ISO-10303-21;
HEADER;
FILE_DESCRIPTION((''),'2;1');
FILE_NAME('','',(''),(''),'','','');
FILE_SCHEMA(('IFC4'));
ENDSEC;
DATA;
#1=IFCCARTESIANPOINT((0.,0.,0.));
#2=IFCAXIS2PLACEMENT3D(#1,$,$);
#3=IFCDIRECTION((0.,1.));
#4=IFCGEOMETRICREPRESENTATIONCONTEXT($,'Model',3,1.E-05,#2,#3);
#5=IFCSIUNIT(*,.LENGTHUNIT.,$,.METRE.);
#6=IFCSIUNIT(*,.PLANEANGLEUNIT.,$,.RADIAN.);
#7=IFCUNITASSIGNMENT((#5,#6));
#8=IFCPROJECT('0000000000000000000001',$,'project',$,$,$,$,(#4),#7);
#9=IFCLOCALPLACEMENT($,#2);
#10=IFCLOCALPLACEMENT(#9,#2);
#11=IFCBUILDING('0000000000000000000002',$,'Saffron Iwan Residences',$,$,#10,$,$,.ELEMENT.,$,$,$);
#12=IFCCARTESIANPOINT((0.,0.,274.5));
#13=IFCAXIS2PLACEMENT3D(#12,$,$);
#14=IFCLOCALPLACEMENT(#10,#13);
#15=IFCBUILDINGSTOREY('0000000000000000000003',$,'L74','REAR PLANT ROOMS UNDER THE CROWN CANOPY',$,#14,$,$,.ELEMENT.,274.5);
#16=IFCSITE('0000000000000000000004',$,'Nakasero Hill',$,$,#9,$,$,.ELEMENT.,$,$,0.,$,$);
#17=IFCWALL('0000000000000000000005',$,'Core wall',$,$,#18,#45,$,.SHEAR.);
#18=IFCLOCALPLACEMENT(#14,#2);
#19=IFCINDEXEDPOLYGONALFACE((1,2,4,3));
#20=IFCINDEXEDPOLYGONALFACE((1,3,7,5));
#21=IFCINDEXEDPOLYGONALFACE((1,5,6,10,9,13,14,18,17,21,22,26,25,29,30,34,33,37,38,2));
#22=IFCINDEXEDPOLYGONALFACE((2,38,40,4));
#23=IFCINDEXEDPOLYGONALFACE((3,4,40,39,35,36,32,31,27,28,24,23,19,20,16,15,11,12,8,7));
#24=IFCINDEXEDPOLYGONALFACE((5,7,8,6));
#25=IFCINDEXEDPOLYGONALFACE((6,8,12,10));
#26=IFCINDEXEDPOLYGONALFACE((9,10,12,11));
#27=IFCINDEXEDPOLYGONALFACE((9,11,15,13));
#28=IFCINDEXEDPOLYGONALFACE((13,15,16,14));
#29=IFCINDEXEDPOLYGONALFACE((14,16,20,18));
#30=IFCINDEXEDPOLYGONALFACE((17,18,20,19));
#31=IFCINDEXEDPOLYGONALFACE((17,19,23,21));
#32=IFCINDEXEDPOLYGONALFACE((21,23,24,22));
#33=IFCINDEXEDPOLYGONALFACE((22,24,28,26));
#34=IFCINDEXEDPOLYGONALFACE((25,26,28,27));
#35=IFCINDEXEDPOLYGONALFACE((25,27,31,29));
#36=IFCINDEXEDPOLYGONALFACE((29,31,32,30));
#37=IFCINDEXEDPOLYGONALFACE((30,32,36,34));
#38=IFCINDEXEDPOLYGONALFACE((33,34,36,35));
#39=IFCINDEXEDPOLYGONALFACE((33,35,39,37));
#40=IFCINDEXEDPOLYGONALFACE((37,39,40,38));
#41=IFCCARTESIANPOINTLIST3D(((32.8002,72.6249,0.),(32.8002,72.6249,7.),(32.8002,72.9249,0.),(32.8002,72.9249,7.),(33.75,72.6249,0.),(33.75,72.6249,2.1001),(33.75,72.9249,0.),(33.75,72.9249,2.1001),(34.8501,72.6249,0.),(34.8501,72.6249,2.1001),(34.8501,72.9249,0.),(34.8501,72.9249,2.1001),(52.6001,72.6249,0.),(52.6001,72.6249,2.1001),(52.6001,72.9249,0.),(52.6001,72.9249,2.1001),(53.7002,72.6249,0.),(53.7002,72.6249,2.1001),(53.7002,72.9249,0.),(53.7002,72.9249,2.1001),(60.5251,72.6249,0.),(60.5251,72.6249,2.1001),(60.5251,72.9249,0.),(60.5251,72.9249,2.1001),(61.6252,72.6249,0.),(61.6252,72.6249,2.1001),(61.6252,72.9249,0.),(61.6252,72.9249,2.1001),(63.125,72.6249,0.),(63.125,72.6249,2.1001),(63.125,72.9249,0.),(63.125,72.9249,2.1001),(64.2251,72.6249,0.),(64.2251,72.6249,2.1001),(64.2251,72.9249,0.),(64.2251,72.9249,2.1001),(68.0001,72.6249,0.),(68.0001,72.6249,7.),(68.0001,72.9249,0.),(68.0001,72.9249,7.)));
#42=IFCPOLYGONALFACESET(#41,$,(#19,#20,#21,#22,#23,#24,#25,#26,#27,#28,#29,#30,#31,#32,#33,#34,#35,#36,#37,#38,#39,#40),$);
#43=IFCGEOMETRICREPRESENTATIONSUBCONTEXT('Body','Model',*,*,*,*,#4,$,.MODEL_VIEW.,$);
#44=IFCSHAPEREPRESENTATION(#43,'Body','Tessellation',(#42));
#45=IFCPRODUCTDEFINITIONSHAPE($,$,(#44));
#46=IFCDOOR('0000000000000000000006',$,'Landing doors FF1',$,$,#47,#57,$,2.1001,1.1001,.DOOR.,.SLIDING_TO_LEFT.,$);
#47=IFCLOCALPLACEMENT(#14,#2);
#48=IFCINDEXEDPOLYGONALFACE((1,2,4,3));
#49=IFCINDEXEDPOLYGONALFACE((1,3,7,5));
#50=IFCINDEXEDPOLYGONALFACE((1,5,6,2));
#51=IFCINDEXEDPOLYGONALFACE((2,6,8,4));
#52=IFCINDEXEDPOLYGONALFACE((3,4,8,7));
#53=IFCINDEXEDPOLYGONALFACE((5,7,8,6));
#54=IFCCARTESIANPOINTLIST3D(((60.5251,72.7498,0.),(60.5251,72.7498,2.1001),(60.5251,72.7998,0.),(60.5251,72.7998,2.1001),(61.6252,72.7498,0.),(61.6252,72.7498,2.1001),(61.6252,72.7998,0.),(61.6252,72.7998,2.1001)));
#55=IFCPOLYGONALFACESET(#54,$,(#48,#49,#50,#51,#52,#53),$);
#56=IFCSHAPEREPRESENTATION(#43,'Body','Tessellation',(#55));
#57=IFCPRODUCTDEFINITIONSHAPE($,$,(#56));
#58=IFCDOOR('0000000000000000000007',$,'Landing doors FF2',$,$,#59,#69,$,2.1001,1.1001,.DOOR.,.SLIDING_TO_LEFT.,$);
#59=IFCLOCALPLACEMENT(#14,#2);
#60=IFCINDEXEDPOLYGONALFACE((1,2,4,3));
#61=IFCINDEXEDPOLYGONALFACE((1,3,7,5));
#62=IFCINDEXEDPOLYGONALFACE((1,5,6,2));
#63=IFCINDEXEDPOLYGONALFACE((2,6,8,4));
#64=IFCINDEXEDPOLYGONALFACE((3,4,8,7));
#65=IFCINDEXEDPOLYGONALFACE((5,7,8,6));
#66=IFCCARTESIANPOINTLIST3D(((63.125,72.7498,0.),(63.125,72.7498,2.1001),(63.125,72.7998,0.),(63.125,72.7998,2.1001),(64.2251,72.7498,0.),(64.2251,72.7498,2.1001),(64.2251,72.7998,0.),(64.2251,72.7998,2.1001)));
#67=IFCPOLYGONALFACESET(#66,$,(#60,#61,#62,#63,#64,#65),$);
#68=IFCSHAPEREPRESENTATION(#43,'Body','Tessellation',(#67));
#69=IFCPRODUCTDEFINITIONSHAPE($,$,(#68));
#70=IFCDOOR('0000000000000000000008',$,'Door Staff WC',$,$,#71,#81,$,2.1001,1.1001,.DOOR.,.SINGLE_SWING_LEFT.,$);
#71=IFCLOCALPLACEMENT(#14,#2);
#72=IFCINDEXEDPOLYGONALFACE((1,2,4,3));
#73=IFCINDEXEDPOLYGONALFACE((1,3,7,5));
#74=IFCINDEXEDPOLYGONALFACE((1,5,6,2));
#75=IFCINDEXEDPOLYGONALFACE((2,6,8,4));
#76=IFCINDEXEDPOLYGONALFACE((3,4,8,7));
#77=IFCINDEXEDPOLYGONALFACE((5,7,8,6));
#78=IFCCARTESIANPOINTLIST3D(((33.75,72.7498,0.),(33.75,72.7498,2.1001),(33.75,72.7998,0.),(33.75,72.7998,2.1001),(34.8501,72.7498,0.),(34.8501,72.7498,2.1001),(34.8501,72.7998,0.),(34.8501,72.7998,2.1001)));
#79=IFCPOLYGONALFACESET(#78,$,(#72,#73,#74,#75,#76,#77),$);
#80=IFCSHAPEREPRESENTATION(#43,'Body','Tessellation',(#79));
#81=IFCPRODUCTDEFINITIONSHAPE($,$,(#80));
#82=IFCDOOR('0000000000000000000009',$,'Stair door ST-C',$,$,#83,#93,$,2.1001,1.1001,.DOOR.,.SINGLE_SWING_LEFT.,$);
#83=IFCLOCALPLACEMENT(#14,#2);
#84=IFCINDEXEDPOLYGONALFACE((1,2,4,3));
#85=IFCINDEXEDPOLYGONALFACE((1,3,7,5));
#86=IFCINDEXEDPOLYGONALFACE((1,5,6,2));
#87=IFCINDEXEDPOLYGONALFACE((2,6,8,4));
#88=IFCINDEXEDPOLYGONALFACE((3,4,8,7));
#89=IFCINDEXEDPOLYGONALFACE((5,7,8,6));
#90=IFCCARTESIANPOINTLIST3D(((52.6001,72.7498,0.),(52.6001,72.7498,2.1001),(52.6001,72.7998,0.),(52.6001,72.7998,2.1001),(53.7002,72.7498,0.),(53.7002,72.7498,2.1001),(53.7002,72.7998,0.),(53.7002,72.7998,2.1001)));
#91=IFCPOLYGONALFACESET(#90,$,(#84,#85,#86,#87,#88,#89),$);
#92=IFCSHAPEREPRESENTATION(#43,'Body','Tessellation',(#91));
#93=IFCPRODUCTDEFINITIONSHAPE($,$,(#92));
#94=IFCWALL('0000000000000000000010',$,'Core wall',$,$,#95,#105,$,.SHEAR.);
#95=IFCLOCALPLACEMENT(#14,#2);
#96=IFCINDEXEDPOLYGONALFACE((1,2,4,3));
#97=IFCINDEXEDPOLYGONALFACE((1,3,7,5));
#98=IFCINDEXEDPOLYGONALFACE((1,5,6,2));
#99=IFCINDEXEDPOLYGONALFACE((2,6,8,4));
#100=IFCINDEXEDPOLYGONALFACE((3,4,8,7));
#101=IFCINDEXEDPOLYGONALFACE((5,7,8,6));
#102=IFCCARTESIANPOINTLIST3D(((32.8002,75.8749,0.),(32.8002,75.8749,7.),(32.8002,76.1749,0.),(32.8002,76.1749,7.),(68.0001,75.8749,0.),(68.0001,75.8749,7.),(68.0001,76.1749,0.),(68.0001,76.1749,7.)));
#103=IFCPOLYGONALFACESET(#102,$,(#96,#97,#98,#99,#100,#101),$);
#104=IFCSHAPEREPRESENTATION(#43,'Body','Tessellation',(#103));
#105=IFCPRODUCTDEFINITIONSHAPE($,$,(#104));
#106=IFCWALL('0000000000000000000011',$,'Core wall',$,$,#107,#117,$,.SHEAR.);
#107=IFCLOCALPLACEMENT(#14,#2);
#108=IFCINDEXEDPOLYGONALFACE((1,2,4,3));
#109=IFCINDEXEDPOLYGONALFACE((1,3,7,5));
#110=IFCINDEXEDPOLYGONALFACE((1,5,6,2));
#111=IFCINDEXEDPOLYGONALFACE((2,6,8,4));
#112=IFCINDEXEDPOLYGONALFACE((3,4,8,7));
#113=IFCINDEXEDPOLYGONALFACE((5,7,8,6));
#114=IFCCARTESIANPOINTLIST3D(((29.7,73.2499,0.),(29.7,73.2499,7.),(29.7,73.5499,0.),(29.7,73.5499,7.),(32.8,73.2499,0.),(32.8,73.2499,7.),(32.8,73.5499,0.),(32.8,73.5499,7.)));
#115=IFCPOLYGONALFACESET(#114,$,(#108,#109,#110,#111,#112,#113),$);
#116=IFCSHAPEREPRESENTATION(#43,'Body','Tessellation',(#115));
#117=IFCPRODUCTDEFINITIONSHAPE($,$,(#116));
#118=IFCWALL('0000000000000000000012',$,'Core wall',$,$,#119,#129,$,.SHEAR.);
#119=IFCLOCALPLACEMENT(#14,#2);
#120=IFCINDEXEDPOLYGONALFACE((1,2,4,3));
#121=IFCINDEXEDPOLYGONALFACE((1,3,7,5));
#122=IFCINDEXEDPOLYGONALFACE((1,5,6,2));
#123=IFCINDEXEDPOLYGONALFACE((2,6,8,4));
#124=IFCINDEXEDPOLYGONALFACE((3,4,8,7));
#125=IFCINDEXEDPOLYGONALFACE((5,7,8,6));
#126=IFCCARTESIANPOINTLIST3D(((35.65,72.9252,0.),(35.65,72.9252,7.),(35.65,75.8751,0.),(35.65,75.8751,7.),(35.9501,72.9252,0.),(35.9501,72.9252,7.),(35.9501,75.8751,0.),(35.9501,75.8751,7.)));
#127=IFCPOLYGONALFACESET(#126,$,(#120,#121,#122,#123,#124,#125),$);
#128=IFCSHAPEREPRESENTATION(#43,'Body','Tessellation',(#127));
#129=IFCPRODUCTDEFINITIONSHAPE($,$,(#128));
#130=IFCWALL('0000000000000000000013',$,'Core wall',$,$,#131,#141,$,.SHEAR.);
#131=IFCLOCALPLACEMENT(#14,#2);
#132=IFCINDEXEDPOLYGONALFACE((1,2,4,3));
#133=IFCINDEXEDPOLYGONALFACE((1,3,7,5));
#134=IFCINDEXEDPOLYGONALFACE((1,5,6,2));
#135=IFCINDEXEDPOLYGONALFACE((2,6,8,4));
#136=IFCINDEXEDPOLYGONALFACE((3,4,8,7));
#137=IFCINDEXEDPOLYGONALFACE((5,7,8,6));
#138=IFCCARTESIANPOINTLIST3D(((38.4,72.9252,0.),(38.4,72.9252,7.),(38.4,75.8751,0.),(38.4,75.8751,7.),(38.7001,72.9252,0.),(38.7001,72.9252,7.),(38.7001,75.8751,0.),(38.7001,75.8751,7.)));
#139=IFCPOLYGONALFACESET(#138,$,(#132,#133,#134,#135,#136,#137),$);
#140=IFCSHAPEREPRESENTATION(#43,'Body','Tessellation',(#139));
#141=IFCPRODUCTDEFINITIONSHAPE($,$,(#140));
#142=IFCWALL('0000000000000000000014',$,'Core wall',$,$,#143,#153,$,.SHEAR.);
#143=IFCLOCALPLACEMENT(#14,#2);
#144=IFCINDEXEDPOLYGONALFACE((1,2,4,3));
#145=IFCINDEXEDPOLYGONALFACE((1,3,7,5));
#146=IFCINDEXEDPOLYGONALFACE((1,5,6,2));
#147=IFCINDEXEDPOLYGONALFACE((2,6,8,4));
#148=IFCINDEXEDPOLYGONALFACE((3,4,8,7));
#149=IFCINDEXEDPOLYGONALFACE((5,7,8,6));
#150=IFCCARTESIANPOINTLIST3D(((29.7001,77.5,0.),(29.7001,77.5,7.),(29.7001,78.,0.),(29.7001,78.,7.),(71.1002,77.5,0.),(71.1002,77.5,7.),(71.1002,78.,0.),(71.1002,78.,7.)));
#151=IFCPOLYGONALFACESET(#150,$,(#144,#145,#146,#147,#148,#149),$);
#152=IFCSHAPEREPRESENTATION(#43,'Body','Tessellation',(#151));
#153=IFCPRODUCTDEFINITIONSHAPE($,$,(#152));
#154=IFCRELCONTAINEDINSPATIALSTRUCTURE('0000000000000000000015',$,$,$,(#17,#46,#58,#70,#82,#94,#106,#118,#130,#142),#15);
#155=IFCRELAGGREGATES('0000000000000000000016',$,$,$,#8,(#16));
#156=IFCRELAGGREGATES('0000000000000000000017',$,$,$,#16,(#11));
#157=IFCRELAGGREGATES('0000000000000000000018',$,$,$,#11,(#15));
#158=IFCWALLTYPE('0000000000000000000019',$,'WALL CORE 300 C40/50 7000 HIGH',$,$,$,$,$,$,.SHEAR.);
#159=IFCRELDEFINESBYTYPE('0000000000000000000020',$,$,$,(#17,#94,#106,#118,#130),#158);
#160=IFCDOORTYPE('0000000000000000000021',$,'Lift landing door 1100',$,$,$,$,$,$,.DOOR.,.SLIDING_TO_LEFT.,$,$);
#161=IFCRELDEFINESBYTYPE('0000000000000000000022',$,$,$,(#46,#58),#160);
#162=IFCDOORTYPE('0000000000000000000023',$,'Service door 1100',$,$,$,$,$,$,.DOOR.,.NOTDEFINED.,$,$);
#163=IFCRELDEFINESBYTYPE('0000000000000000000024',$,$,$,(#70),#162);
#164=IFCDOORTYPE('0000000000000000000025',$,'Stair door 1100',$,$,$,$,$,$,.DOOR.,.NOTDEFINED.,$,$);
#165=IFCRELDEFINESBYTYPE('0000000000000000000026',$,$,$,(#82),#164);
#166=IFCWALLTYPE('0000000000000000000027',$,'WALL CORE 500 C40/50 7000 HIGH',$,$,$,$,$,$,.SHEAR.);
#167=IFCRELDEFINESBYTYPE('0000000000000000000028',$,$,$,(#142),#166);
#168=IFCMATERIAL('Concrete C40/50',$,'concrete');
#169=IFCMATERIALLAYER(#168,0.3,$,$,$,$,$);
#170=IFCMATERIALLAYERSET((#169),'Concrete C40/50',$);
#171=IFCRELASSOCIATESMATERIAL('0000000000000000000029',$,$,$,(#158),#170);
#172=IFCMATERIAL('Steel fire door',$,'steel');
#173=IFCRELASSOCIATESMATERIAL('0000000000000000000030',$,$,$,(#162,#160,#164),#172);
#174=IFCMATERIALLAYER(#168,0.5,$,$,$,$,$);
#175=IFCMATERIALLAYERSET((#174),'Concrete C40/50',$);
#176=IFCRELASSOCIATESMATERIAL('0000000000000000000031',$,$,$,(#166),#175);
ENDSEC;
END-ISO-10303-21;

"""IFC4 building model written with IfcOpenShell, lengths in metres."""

from ifc_helpers import new_model, si_unit, direction, frame, frame_2d, origin, place, context, subcontext, project, spatial, rectangle, extrude, material, layer, layer_set, type_object, element, fill, save


model = new_model("IFC4")

# Units and contexts
model_context = context("Model", 3, precision=1e-05, world=origin(), true_north=direction((0.0, 1.0)))
body_context = subcontext(model_context, "Body", "Model", "MODEL_VIEW")
ifc_project = project(units=[si_unit("LENGTHUNIT", "METRE"), si_unit("PLANEANGLEUNIT", "RADIAN")], contexts=[model_context])

# Site, building, storey
site_placement = place(None, origin())
site = spatial("IfcSite", under=ifc_project, at=site_placement, Name="Nakasero Hill", CompositionType="ELEMENT", RefElevation=0.0)
building_placement = place(site_placement, origin())
building = spatial("IfcBuilding", under=site, at=building_placement, Name="Saffron Iwan Residences", CompositionType="ELEMENT")
storey_placement = place(building_placement, frame((0.0, 0.0, 274.5)))
storey = spatial("IfcBuildingStorey", under=building, at=storey_placement, Name="L74", Description="REAR PLANT ROOMS UNDER THE CROWN CANOPY", CompositionType="ELEMENT", Elevation=274.5)

# Shared definitions
ifc_material_1 = material(Name="Concrete C40/50", Category="concrete")

# Wall, openings, doors
ifc_layer_1 = layer(ifc_material_1, 0.3)
ifc_layer_set_1 = layer_set([ifc_layer_1], Name="Concrete C40/50")
wall_type_1 = type_object("IfcWallType", Name="WALL CORE 300 C40/50 7000 HIGH", PredefinedType="SHEAR", material=ifc_layer_set_1)
ifc_material_2 = material(Name="Steel fire door", Category="steel")
door_type_1 = type_object("IfcDoorType", Name="Service door 1100", OperationType="NOTDEFINED", PredefinedType="DOOR", material=ifc_material_2)
wall_1_placement = place(storey_placement, frame((32.8, 72.7749, 0.0), z_axis=(0.0, 0.0, 1.0), x_axis=(1.0, 0.0, 0.0)))
wall_1 = element("IfcWall", 1, at=wall_1_placement, inside=storey, type_object=wall_type_1, Name="Core wall", PredefinedType="SHEAR", context=body_context, shape_type="SweptSolid", body=[
    extrude(rectangle(XDim=35.2, YDim=0.3, at=frame_2d((17.6001, 0.0))), origin(), (0.0, 0.0, 1.0), 7.0),
])
opening_1_placement = place(wall_1_placement, frame((19.8, 0.0, 0.0)))
opening_1 = element("IfcOpeningElement", 2, at=opening_1_placement, cuts=wall_1, PredefinedType="OPENING", context=body_context, shape_type="SweptSolid", body=[
    extrude(rectangle(XDim=1.1001, YDim=2.1001, at=frame_2d((0.55, 1.05))), frame((0.0, 0.1602, 0.0), z_axis=(0.0, -1.0, 0.0), x_axis=(1.0, 0.0, 0.0)), (0.0, 0.0, 1.0), 0.3201),
])
opening_2_placement = place(wall_1_placement, frame((27.7251, 0.0, 0.0)))
opening_2 = element("IfcOpeningElement", 3, at=opening_2_placement, cuts=wall_1, PredefinedType="OPENING", context=body_context, shape_type="SweptSolid", body=[
    extrude(rectangle(XDim=1.1001, YDim=2.1001, at=frame_2d((0.55, 1.05))), frame((0.0, 0.1602, 0.0), z_axis=(0.0, -1.0, 0.0), x_axis=(1.0, 0.0, 0.0)), (0.0, 0.0, 1.0), 0.3201),
])
opening_3_placement = place(wall_1_placement, frame((30.325, 0.0, 0.0)))
opening_3 = element("IfcOpeningElement", 4, at=opening_3_placement, cuts=wall_1, PredefinedType="OPENING", context=body_context, shape_type="SweptSolid", body=[
    extrude(rectangle(XDim=1.1001, YDim=2.1001, at=frame_2d((0.55, 1.05))), frame((0.0, 0.1602, 0.0), z_axis=(0.0, -1.0, 0.0), x_axis=(1.0, 0.0, 0.0)), (0.0, 0.0, 1.0), 0.3201),
])
opening_4_placement = place(wall_1_placement, frame((0.95, 0.0, 0.0)))
opening_4 = element("IfcOpeningElement", 5, at=opening_4_placement, cuts=wall_1, PredefinedType="OPENING", context=body_context, shape_type="SweptSolid", body=[
    extrude(rectangle(XDim=1.1001, YDim=2.1001, at=frame_2d((0.55, 1.05))), frame((0.0, 0.1602, 0.0), z_axis=(0.0, -1.0, 0.0), x_axis=(1.0, 0.0, 0.0)), (0.0, 0.0, 1.0), 0.3201),
])
door_type_2 = type_object("IfcDoorType", Name="Lift landing door 1100", OperationType="SLIDING_TO_LEFT", PredefinedType="DOOR", material=ifc_material_2)
door_1_placement = place(opening_2_placement, origin())
door_1 = element("IfcDoor", 6, at=door_1_placement, inside=storey, type_object=door_type_2, Name="Landing doors FF1", OperationType="SLIDING_TO_LEFT", OverallHeight=2.1001, OverallWidth=1.1001, PredefinedType="DOOR", context=body_context, shape_type="SweptSolid", body=[
    extrude(rectangle(XDim=1.1001, YDim=2.1001, at=frame_2d((0.55, 1.05))), frame((0.0, 0.0249, 0.0), z_axis=(0.0, -1.0, 0.0), x_axis=(1.0, 0.0, 0.0)), (0.0, 0.0, 1.0), 0.05),
])
fill(opening_2, door_1)
door_2_placement = place(opening_3_placement, origin())
door_2 = element("IfcDoor", 7, at=door_2_placement, inside=storey, type_object=door_type_2, Name="Landing doors FF2", OperationType="SLIDING_TO_LEFT", OverallHeight=2.1001, OverallWidth=1.1001, PredefinedType="DOOR", context=body_context, shape_type="SweptSolid", body=[
    extrude(rectangle(XDim=1.1001, YDim=2.1001, at=frame_2d((0.55, 1.05))), frame((0.0, 0.0249, 0.0), z_axis=(0.0, -1.0, 0.0), x_axis=(1.0, 0.0, 0.0)), (0.0, 0.0, 1.0), 0.05),
])
fill(opening_3, door_2)
door_3_placement = place(opening_4_placement, origin())
door_3 = element("IfcDoor", 8, at=door_3_placement, inside=storey, type_object=door_type_1, Name="Door Staff WC", OperationType="SINGLE_SWING_LEFT", OverallHeight=2.1001, OverallWidth=1.1001, PredefinedType="DOOR", context=body_context, shape_type="SweptSolid", body=[
    extrude(rectangle(XDim=1.1001, YDim=2.1001, at=frame_2d((0.55, 1.05))), frame((0.0, 0.0249, 0.0), z_axis=(0.0, -1.0, 0.0), x_axis=(1.0, 0.0, 0.0)), (0.0, 0.0, 1.0), 0.05),
])
fill(opening_4, door_3)
door_type_3 = type_object("IfcDoorType", Name="Stair door 1100", OperationType="NOTDEFINED", PredefinedType="DOOR", material=ifc_material_2)
door_4_placement = place(opening_1_placement, origin())
door_4 = element("IfcDoor", 9, at=door_4_placement, inside=storey, type_object=door_type_3, Name="Stair door ST-C", OperationType="SINGLE_SWING_LEFT", OverallHeight=2.1001, OverallWidth=1.1001, PredefinedType="DOOR", context=body_context, shape_type="SweptSolid", body=[
    extrude(rectangle(XDim=1.1001, YDim=2.1001, at=frame_2d((0.55, 1.05))), frame((0.0, 0.0249, 0.0), z_axis=(0.0, -1.0, 0.0), x_axis=(1.0, 0.0, 0.0)), (0.0, 0.0, 1.0), 0.05),
])
fill(opening_1, door_4)

# Walls
wall_2_placement = place(storey_placement, frame((32.8, 76.0249, 0.0), z_axis=(0.0, 0.0, 1.0), x_axis=(1.0, 0.0, 0.0)))
element("IfcWall", 10, at=wall_2_placement, inside=storey, type_object=wall_type_1, Name="Core wall", PredefinedType="SHEAR", context=body_context, shape_type="SweptSolid", body=[
    extrude(rectangle(XDim=35.2, YDim=0.3, at=frame_2d((17.6001, 0.0))), origin(), (0.0, 0.0, 1.0), 7.0),
])
wall_3_placement = place(storey_placement, frame((29.7, 73.3999, 0.0), z_axis=(0.0, 0.0, 1.0), x_axis=(1.0, 0.0, 0.0)))
element("IfcWall", 11, at=wall_3_placement, inside=storey, type_object=wall_type_1, Name="Core wall", PredefinedType="SHEAR", context=body_context, shape_type="SweptSolid", body=[
    extrude(rectangle(XDim=3.1001, YDim=0.3, at=frame_2d((1.55, 0.0))), origin(), (0.0, 0.0, 1.0), 7.0),
])
for number, where, z_axis, x_axis, name in (
    (12, (35.8, 72.925, 0.0), (0.0, 0.0, 1.0), (0.0, 1.0, 0.0), "Core wall"),
    (13, (38.55, 72.925, 0.0), (0.0, 0.0, 1.0), (0.0, 1.0, 0.0), "Core wall"),
):
    element("IfcWall", number, at=place(storey_placement, frame(where, z_axis=z_axis, x_axis=x_axis)), inside=storey, type_object=wall_type_1, Name=name, PredefinedType="SHEAR", context=body_context, shape_type="SweptSolid", body=[
        extrude(rectangle(XDim=2.95, YDim=0.3, at=frame_2d((1.4751, 0.0))), origin(), (0.0, 0.0, 1.0), 7.0),
    ])
ifc_layer_2 = layer(ifc_material_1, 0.5)
ifc_layer_set_2 = layer_set([ifc_layer_2], Name="Concrete C40/50")
wall_type_2 = type_object("IfcWallType", Name="WALL CORE 500 C40/50 7000 HIGH", PredefinedType="SHEAR", material=ifc_layer_set_2)
wall_4_placement = place(storey_placement, frame((29.7, 77.75, 0.0), z_axis=(0.0, 0.0, 1.0), x_axis=(1.0, 0.0, 0.0)))
element("IfcWall", 14, at=wall_4_placement, inside=storey, type_object=wall_type_2, Name="Core wall", PredefinedType="SHEAR", context=body_context, shape_type="SweptSolid", body=[
    extrude(rectangle(XDim=41.4001, YDim=0.5, at=frame_2d((20.7002, 0.0))), origin(), (0.0, 0.0, 1.0), 7.0),
])

save(model, "model.ifc")
